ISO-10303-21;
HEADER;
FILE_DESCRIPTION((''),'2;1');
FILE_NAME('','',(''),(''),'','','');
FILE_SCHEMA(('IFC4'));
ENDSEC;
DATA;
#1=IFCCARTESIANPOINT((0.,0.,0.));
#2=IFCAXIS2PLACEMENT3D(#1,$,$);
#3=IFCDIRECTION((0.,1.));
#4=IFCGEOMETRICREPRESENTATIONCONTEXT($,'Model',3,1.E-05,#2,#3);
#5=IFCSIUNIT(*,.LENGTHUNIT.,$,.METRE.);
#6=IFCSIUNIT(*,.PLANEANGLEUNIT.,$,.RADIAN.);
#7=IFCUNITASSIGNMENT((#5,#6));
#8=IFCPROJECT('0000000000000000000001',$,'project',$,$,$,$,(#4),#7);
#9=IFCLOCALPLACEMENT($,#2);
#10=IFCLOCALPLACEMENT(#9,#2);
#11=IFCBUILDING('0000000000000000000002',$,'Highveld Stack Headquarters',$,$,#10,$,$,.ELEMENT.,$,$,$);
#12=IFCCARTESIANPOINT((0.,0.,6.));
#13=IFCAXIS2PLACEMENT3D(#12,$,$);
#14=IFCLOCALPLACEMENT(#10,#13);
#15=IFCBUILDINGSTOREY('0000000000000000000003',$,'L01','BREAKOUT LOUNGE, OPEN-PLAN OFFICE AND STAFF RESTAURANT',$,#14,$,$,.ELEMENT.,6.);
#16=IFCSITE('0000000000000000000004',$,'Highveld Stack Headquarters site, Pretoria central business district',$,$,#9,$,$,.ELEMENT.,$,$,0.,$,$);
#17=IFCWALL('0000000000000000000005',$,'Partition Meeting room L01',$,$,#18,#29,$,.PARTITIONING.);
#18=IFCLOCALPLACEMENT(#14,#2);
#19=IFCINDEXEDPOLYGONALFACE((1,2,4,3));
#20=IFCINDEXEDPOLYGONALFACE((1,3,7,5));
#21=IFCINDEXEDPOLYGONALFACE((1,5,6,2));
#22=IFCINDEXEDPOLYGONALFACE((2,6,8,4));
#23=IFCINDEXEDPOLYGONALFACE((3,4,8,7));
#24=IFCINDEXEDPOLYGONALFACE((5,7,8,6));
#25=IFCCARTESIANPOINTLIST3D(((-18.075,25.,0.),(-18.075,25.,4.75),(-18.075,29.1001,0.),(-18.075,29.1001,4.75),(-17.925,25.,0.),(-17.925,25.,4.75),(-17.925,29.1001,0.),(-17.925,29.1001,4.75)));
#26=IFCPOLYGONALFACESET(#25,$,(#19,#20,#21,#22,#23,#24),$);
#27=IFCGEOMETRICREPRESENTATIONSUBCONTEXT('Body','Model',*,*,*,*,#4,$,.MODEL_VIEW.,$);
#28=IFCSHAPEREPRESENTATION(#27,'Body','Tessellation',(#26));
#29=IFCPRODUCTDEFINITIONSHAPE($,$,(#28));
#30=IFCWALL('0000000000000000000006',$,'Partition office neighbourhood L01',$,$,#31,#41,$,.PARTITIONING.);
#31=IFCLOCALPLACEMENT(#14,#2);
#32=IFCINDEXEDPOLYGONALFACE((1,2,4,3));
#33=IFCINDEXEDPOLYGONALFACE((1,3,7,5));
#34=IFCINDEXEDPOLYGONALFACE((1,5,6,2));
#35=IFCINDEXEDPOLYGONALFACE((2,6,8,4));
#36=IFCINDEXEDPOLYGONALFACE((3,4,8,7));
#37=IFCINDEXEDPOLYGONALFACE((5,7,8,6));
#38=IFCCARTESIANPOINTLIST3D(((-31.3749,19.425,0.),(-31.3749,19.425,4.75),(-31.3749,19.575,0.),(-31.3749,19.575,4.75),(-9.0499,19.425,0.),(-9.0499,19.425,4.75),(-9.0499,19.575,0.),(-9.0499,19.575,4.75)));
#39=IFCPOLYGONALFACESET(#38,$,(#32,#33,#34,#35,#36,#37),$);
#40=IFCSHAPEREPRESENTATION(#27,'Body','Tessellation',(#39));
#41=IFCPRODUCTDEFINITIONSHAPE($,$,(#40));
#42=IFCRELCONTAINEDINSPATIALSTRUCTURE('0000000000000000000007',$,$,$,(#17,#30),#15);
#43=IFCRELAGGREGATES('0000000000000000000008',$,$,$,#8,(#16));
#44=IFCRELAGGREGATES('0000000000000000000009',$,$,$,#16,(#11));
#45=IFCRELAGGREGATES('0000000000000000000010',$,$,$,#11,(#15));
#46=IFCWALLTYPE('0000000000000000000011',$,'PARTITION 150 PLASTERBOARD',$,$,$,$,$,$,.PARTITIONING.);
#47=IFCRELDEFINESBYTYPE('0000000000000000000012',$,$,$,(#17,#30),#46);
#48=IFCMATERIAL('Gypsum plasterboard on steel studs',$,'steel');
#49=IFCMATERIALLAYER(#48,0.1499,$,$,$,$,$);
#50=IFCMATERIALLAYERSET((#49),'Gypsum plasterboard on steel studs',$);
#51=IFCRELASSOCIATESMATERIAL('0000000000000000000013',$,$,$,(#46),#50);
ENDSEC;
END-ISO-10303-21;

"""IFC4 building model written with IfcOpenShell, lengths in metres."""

from ifc_helpers import new_model, si_unit, direction, frame, frame_2d, origin, place, context, subcontext, project, spatial, rectangle, extrude, material, layer, layer_set, type_object, element, save


model = new_model("IFC4")

# Units and contexts
model_context = context("Model", 3, precision=1e-05, world=origin(), true_north=direction((0.0, 1.0)))
body_context = subcontext(model_context, "Body", "Model", "MODEL_VIEW")
ifc_project = project(units=[si_unit("LENGTHUNIT", "METRE"), si_unit("PLANEANGLEUNIT", "RADIAN")], contexts=[model_context])

# Site, building, storey
site_placement = place(None, origin())
site = spatial("IfcSite", under=ifc_project, at=site_placement, Name="Highveld Stack Headquarters site, Pretoria central business district", CompositionType="ELEMENT", RefElevation=0.0)
building_placement = place(site_placement, origin())
building = spatial("IfcBuilding", under=site, at=building_placement, Name="Highveld Stack Headquarters", CompositionType="ELEMENT")
storey_placement = place(building_placement, frame((0.0, 0.0, 6.0)))
storey = spatial("IfcBuildingStorey", under=building, at=storey_placement, Name="L01", Description="BREAKOUT LOUNGE, OPEN-PLAN OFFICE AND STAFF RESTAURANT", CompositionType="ELEMENT", Elevation=6.0)

# Walls
ifc_material_1 = material(Name="Gypsum plasterboard on steel studs", Category="steel")
ifc_layer_1 = layer(ifc_material_1, 0.1499)
ifc_layer_set_1 = layer_set([ifc_layer_1], Name="Gypsum plasterboard on steel studs")
wall_type = type_object("IfcWallType", Name="PARTITION 150 PLASTERBOARD", PredefinedType="PARTITIONING", material=ifc_layer_set_1)
wall_1_placement = place(storey_placement, frame((-18.0, 25.0, 0.0), z_axis=(0.0, 0.0, 1.0), x_axis=(0.0, 1.0, 0.0)))
element("IfcWall", 1, at=wall_1_placement, inside=storey, type_object=wall_type, Name="Partition Meeting room L01", PredefinedType="PARTITIONING", context=body_context, shape_type="SweptSolid", body=[
    extrude(rectangle(XDim=4.1001, YDim=0.1499, at=frame_2d((2.05, 0.0))), origin(), (0.0, 0.0, 1.0), 4.75),
])
wall_2_placement = place(storey_placement, frame((-31.375, 19.5, 0.0), z_axis=(0.0, 0.0, 1.0), x_axis=(1.0, 0.0, 0.0)))
element("IfcWall", 2, at=wall_2_placement, inside=storey, type_object=wall_type, Name="Partition office neighbourhood L01", PredefinedType="PARTITIONING", context=body_context, shape_type="SweptSolid", body=[
    extrude(rectangle(XDim=22.325, YDim=0.1499, at=frame_2d((11.1626, 0.0))), origin(), (0.0, 0.0, 1.0), 4.75),
])

save(model, "model.ifc")
